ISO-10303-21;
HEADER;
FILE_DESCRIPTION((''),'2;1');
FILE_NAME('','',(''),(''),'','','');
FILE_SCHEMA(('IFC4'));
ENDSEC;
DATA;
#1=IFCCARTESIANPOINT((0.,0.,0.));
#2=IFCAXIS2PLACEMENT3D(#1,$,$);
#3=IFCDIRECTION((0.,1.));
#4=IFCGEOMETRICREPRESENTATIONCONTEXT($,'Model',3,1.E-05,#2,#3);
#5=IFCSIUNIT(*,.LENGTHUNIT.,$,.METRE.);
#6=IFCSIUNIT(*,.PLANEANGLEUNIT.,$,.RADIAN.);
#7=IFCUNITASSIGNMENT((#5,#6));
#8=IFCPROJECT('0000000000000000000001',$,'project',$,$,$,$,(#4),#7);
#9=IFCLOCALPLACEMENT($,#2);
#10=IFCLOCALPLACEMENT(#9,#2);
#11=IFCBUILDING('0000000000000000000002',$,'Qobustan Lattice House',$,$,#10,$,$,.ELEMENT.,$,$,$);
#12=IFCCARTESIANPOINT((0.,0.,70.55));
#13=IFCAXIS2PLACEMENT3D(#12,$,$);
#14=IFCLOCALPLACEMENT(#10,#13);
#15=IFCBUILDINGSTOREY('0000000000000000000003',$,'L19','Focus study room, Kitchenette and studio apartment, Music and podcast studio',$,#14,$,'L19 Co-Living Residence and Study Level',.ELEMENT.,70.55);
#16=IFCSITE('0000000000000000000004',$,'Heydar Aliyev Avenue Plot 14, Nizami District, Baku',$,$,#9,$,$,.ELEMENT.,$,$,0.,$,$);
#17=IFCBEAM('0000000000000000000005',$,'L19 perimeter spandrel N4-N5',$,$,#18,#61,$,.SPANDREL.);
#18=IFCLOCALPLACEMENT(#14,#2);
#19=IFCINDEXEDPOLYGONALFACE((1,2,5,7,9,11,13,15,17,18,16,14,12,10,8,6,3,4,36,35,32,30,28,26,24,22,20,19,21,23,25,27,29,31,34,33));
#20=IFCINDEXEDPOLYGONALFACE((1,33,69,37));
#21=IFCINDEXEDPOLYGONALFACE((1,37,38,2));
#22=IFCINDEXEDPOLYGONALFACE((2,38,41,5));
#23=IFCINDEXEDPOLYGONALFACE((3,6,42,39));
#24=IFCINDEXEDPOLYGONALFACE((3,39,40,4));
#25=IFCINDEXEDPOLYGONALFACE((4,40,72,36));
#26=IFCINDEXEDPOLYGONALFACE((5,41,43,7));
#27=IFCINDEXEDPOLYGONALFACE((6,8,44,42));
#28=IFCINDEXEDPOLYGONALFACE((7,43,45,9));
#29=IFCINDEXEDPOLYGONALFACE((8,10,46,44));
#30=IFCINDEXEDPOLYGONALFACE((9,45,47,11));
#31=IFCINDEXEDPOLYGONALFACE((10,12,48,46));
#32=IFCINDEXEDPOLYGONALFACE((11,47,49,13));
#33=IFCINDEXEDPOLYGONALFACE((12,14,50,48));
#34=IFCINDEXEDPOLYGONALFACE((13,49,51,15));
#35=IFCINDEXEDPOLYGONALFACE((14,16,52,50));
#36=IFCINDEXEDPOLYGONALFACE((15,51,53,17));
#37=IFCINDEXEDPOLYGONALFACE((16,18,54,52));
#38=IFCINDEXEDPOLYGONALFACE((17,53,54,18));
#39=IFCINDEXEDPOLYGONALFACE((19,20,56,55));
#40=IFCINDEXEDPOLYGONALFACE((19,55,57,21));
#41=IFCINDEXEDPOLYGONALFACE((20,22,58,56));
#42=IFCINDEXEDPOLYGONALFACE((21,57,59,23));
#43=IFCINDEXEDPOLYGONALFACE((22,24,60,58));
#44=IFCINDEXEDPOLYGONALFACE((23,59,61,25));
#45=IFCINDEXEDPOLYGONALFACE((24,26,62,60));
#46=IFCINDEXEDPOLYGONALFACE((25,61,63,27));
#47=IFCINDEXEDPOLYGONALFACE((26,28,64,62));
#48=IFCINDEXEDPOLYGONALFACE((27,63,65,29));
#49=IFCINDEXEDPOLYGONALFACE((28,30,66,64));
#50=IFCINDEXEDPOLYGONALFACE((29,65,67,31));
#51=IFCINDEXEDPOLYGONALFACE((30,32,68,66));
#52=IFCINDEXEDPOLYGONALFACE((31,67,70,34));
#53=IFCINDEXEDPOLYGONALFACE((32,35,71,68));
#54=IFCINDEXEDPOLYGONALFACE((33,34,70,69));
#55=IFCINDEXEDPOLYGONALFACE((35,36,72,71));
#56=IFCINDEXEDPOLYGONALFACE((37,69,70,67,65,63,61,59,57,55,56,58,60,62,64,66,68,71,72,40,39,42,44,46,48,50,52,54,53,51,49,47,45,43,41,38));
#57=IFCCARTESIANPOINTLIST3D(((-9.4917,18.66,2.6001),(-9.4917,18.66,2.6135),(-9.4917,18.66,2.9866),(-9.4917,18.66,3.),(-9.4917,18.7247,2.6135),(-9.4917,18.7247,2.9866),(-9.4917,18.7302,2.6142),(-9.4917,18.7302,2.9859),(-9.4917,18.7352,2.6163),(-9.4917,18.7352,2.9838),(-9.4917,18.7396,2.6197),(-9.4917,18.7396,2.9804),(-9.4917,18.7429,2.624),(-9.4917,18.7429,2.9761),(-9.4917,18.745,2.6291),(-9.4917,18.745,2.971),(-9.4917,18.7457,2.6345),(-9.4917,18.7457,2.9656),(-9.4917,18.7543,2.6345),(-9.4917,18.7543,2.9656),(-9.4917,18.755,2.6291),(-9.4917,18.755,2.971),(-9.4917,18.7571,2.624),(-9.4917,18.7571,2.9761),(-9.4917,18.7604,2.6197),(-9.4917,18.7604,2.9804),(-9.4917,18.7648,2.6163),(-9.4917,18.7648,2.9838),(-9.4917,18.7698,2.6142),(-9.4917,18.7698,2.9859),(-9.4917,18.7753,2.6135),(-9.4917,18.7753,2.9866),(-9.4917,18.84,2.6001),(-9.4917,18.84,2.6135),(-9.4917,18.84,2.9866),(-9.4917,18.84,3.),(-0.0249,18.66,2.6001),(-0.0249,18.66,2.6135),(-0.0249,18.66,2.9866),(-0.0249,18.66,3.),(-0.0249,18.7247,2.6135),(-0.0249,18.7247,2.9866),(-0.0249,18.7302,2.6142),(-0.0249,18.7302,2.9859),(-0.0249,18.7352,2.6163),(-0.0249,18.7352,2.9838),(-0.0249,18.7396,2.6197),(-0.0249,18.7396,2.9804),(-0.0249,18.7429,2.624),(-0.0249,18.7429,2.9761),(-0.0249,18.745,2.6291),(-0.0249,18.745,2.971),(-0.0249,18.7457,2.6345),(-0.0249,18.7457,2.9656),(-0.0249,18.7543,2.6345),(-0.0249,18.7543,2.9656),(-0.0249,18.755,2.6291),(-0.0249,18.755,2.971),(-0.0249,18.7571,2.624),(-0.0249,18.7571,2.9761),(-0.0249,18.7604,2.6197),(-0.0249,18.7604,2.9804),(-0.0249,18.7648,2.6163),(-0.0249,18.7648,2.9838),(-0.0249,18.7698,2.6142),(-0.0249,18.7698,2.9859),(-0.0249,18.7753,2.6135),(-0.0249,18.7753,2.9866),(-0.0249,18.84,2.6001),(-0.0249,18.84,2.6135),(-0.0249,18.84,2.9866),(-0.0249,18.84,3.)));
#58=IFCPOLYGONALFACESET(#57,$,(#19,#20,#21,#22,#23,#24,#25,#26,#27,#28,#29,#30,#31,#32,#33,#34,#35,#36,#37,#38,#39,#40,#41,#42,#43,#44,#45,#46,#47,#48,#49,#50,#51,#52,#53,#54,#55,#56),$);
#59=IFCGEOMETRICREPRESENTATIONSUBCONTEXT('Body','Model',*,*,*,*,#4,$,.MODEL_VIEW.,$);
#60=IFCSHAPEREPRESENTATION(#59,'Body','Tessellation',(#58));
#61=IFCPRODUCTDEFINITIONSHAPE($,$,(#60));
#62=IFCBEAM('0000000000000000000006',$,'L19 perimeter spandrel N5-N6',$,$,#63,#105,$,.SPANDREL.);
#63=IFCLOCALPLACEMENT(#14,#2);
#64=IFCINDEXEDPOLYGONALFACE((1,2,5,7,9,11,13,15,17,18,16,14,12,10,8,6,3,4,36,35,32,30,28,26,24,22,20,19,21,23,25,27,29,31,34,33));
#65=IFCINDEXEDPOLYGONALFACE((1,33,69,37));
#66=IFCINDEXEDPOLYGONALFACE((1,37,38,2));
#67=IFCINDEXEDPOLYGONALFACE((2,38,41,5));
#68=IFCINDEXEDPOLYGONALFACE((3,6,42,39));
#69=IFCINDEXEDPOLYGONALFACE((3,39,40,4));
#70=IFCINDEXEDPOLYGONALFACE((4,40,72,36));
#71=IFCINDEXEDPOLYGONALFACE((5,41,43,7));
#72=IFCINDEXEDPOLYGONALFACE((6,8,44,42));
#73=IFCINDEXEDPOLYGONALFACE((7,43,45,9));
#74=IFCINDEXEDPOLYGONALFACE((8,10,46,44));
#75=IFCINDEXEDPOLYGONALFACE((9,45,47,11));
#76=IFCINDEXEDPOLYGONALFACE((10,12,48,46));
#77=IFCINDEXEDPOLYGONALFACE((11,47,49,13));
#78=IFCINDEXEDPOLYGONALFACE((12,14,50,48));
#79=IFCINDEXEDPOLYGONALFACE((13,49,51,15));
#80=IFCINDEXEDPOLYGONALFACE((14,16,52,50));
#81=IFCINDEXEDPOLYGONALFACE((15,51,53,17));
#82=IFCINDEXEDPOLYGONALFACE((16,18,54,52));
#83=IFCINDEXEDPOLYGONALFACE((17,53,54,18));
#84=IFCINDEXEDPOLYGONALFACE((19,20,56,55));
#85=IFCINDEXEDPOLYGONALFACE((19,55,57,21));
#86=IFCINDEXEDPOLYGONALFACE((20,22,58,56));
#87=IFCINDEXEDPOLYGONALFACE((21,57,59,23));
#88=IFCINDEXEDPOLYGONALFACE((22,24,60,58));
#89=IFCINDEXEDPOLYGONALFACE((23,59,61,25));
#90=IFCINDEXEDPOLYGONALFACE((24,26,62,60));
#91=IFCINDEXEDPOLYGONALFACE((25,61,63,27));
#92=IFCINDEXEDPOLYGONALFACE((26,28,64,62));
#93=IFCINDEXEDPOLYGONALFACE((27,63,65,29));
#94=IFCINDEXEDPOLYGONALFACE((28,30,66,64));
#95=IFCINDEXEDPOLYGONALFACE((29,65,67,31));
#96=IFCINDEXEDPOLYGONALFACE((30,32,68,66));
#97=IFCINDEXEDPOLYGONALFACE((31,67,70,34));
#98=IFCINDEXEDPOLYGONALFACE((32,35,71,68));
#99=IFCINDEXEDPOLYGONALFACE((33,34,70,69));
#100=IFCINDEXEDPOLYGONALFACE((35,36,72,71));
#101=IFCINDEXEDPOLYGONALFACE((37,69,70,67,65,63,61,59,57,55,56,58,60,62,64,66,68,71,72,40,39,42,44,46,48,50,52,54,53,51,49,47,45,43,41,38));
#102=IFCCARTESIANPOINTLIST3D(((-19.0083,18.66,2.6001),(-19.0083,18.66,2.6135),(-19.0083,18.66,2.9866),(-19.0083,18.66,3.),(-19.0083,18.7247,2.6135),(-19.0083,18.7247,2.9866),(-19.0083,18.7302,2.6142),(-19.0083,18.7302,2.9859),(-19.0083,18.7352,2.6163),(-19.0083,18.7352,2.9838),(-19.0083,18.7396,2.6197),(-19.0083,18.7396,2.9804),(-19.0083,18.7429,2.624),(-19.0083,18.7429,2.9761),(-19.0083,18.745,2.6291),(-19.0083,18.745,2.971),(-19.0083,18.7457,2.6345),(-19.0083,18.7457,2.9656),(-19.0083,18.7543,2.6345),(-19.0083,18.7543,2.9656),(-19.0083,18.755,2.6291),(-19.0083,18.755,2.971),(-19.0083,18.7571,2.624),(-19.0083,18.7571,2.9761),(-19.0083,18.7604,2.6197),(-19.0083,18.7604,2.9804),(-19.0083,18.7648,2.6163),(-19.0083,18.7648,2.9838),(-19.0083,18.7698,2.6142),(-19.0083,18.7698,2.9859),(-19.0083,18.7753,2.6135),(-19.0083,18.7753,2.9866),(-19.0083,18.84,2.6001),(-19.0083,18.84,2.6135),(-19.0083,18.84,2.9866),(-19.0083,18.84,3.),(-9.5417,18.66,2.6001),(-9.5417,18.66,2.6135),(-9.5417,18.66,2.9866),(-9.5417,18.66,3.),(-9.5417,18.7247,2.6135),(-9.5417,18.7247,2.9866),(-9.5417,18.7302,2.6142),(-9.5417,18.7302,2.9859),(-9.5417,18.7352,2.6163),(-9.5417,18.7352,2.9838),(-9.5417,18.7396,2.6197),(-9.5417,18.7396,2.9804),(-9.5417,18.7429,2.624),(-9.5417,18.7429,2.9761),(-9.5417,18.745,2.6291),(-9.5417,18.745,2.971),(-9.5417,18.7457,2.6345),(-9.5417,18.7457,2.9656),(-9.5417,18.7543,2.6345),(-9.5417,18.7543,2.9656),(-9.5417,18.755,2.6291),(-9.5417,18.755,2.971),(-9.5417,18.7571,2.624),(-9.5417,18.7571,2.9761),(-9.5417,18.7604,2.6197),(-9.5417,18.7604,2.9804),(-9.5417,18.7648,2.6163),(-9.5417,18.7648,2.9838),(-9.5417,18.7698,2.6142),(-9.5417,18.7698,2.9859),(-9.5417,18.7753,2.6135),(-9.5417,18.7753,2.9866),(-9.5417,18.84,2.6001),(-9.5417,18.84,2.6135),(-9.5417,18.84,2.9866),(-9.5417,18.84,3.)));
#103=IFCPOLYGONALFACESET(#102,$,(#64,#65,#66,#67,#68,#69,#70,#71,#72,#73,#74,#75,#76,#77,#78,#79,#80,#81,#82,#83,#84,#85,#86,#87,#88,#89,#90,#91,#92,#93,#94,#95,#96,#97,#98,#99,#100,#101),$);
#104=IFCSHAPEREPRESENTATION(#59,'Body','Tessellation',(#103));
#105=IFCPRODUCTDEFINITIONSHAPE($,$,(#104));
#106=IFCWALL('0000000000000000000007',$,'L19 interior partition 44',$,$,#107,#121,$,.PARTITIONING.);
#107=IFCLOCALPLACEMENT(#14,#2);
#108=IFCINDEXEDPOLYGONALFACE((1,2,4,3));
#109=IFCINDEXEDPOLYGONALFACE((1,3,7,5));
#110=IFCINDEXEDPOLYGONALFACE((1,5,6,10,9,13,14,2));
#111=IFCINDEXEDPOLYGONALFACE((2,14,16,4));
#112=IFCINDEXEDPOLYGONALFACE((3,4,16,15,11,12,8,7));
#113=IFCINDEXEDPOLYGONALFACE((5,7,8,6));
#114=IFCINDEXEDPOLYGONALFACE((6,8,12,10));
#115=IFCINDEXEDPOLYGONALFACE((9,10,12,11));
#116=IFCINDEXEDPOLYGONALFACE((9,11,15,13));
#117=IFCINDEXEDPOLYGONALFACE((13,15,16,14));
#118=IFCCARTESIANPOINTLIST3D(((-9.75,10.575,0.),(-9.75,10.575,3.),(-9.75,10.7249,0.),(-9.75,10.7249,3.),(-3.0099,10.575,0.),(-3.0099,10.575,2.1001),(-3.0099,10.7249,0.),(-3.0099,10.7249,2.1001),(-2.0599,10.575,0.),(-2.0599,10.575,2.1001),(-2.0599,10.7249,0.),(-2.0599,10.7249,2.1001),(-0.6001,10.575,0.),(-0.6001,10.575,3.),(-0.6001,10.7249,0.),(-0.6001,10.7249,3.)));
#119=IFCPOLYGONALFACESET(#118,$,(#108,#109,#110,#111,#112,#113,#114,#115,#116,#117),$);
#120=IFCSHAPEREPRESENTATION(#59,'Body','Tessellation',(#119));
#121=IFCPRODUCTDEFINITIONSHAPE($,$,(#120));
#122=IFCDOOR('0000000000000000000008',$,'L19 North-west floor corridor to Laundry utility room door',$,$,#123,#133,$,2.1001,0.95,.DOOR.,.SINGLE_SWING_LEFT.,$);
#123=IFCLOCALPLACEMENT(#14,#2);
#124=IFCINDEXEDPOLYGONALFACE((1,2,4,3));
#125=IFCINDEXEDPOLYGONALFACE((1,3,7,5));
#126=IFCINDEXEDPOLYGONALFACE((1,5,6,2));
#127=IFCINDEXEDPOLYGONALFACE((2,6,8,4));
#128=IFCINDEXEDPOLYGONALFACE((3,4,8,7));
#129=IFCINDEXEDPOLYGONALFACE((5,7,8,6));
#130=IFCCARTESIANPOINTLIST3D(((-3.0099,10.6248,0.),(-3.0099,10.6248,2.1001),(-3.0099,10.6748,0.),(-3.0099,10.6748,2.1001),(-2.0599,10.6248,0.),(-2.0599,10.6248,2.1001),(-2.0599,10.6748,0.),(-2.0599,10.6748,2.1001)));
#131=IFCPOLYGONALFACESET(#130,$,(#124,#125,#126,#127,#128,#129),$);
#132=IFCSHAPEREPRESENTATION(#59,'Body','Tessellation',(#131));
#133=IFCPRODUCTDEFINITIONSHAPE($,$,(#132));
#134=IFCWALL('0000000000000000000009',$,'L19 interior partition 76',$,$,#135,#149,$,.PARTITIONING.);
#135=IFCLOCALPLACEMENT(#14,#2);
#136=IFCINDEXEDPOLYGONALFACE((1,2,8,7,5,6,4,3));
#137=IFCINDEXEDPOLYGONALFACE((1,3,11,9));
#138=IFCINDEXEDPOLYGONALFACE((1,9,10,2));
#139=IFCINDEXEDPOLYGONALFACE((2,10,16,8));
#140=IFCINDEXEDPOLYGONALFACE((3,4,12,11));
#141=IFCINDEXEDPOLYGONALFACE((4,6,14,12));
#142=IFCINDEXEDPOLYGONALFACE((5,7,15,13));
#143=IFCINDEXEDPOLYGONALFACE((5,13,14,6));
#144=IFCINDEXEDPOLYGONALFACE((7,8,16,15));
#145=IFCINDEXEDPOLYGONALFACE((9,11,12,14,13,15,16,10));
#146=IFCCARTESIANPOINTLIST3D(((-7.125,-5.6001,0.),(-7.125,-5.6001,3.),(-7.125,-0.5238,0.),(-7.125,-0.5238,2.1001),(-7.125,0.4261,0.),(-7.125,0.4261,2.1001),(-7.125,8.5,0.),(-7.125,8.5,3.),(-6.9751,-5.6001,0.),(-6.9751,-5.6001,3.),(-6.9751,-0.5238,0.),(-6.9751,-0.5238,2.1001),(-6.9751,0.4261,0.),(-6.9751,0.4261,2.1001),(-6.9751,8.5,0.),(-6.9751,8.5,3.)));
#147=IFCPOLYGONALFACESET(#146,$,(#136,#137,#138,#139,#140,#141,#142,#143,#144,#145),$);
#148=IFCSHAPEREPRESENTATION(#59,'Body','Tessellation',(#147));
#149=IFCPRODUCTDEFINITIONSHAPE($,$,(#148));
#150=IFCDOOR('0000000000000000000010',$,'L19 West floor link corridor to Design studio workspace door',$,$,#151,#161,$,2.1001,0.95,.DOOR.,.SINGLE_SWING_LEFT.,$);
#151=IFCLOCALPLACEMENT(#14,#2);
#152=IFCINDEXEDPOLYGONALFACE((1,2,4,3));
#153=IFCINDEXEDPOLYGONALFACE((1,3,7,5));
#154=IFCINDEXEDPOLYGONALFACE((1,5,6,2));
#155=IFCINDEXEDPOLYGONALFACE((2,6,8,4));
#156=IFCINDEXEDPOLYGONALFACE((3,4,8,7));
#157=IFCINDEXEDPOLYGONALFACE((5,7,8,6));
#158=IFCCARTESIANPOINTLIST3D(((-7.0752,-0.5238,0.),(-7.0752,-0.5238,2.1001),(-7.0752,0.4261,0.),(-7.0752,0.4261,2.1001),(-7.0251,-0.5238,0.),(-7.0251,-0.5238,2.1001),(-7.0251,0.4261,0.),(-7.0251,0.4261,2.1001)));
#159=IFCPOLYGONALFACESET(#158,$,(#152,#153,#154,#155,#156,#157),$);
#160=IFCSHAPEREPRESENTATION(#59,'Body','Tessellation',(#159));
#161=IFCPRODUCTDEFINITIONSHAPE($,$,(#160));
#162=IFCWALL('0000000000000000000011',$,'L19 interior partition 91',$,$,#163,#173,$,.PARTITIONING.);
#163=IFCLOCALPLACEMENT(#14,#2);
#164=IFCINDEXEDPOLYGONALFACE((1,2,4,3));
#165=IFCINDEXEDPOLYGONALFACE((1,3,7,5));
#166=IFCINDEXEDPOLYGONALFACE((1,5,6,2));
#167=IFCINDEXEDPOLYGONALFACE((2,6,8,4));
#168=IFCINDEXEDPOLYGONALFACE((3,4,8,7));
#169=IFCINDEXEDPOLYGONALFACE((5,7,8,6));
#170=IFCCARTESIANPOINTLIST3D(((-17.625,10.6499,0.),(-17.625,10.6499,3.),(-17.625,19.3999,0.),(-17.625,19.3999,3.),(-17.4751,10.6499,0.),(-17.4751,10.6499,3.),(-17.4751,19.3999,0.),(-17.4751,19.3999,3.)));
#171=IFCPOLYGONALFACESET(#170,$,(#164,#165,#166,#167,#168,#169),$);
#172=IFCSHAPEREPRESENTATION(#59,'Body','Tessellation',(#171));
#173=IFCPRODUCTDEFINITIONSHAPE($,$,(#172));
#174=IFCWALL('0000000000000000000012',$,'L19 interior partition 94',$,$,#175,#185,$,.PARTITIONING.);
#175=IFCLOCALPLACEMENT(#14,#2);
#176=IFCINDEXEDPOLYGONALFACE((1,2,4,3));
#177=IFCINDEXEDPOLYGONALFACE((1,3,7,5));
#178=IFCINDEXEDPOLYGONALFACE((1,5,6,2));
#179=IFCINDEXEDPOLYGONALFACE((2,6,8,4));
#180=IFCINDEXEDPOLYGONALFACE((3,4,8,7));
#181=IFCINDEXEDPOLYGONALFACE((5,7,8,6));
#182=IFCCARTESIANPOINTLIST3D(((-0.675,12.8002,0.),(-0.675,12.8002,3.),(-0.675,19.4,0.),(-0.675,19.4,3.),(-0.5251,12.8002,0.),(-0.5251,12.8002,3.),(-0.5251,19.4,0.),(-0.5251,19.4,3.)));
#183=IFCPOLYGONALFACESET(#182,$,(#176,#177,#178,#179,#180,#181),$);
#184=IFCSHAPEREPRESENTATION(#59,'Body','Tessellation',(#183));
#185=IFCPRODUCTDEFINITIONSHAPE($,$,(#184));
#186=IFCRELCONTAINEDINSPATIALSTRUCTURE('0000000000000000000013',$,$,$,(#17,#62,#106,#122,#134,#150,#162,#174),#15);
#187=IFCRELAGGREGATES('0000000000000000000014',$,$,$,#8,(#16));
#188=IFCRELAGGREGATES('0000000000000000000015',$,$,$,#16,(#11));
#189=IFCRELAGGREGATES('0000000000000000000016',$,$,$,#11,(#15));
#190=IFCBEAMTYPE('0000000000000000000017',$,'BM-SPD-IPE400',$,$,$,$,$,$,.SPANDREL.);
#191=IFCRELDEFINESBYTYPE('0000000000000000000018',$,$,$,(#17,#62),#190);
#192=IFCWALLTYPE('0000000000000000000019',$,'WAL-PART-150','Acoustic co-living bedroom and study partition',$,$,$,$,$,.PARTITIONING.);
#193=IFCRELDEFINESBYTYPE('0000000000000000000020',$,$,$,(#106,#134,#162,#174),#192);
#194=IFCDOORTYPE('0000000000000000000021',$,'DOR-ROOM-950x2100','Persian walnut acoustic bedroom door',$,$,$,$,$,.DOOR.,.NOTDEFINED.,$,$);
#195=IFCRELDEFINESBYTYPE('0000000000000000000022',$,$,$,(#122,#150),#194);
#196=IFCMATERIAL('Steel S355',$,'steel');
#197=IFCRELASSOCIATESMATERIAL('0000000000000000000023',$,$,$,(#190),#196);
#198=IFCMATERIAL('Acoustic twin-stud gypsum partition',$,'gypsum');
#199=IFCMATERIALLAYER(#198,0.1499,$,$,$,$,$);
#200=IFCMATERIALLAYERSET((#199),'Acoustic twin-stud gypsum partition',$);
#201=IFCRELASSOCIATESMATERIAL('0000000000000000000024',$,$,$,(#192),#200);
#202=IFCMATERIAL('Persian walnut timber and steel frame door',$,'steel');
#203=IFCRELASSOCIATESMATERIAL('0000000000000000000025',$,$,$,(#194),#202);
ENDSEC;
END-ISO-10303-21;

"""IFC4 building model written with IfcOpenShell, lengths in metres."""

from ifc_helpers import new_model, si_unit, direction, frame, frame_2d, origin, origin_2d, place, context, subcontext, project, spatial, rectangle, i_section, extrude, material, layer, layer_set, material_profile, profile_set, type_object, element, fill, save


model = new_model("IFC4")

# Units and contexts
model_context = context("Model", 3, precision=1e-05, world=origin(), true_north=direction((0.0, 1.0)))
body_context = subcontext(model_context, "Body", "Model", "MODEL_VIEW")
ifc_project = project(units=[si_unit("LENGTHUNIT", "METRE"), si_unit("PLANEANGLEUNIT", "RADIAN")], contexts=[model_context])

# Site, building, storey
site_placement = place(None, origin())
site = spatial("IfcSite", under=ifc_project, at=site_placement, Name="Heydar Aliyev Avenue Plot 14, Nizami District, Baku", CompositionType="ELEMENT", RefElevation=0.0)
building_placement = place(site_placement, origin())
building = spatial("IfcBuilding", under=site, at=building_placement, Name="Qobustan Lattice House", CompositionType="ELEMENT")
storey_placement = place(building_placement, frame((0.0, 0.0, 70.55)))
storey = spatial("IfcBuildingStorey", under=building, at=storey_placement, Name="L19", Description="Focus study room, Kitchenette and studio apartment, Music and podcast studio", LongName="L19 Co-Living Residence and Study Level", CompositionType="ELEMENT", Elevation=70.55)

# Beams
ifc_material_1 = material(Name="Steel S355", Category="steel")
ifc_material_profile_1 = material_profile(ifc_material_1, i_section(OverallWidth=0.1799, OverallDepth=0.3999, WebThickness=0.0085, FlangeThickness=0.0134, FilletRadius=0.021, at=origin_2d()), Name="IPE400")
ifc_profile_set_1 = profile_set([ifc_material_profile_1], Name="Steel S355")
beam_type_1 = type_object("IfcBeamType", Name="BM-SPD-IPE400", PredefinedType="SPANDREL", material=ifc_profile_set_1)
beam_1_placement = place(storey_placement, frame((-0.0249, 18.75, 2.8), z_axis=(-1.0, 0.0, 0.0), x_axis=(0.0, -1.0, 0.0)))
element("IfcBeam", 1, at=beam_1_placement, inside=storey, type_object=beam_type_1, Name="L19 perimeter spandrel N4-N5", PredefinedType="SPANDREL", context=body_context, shape_type="SweptSolid", body=[
    extrude(i_section(OverallWidth=0.1799, OverallDepth=0.3999, WebThickness=0.0085, FlangeThickness=0.0134, FilletRadius=0.021, at=origin_2d()), origin(), (0.0, 0.0, 1.0), 9.4668),
])
beam_2_placement = place(storey_placement, frame((-9.5417, 18.75, 2.8), z_axis=(-1.0, 0.0, 0.0), x_axis=(0.0, -1.0, 0.0)))
element("IfcBeam", 2, at=beam_2_placement, inside=storey, type_object=beam_type_1, Name="L19 perimeter spandrel N5-N6", PredefinedType="SPANDREL", context=body_context, shape_type="SweptSolid", body=[
    extrude(i_section(OverallWidth=0.1799, OverallDepth=0.3999, WebThickness=0.0085, FlangeThickness=0.0134, FilletRadius=0.021, at=origin_2d()), origin(), (0.0, 0.0, 1.0), 9.4666),
])

# Walls, openings, doors
ifc_material_2 = material(Name="Acoustic twin-stud gypsum partition", Category="gypsum")
ifc_layer_1 = layer(ifc_material_2, 0.1499)
ifc_layer_set_1 = layer_set([ifc_layer_1], Name="Acoustic twin-stud gypsum partition")
wall_type_1 = type_object("IfcWallType", Name="WAL-PART-150", Description="Acoustic co-living bedroom and study partition", PredefinedType="PARTITIONING", material=ifc_layer_set_1)
wall_1_placement = place(storey_placement, frame((-9.75, 10.6499, 0.0), z_axis=(0.0, 0.0, 1.0), x_axis=(1.0, 0.0, 0.0)))
wall_1 = element("IfcWall", 3, at=wall_1_placement, inside=storey, type_object=wall_type_1, Name="L19 interior partition 44", PredefinedType="PARTITIONING", context=body_context, shape_type="SweptSolid", body=[
    extrude(rectangle(XDim=9.1499, YDim=0.1499, at=frame_2d((4.575, 0.0))), origin(), (0.0, 0.0, 1.0), 3.0),
])
opening_1_placement = place(wall_1_placement, frame((6.74, 0.0, 0.0)))
opening_1 = element("IfcOpeningElement", 4, at=opening_1_placement, cuts=wall_1, PredefinedType="OPENING", context=body_context, shape_type="SweptSolid", body=[
    extrude(rectangle(XDim=0.95, YDim=2.1001, at=frame_2d((0.4751, 1.05))), frame((0.0, 0.085, 0.0), z_axis=(0.0, -1.0, 0.0), x_axis=(1.0, 0.0, 0.0)), (0.0, 0.0, 1.0), 0.1699),
])
ifc_material_3 = material(Name="Persian walnut timber and steel frame door", Category="steel")
door_type_1 = type_object("IfcDoorType", Name="DOR-ROOM-950x2100", Description="Persian walnut acoustic bedroom door", OperationType="NOTDEFINED", PredefinedType="DOOR", material=ifc_material_3)
door_1_placement = place(opening_1_placement, origin())
door_1 = element("IfcDoor", 5, at=door_1_placement, inside=storey, type_object=door_type_1, Name="L19 North-west floor corridor to Laundry utility room door", OperationType="SINGLE_SWING_LEFT", OverallHeight=2.1001, OverallWidth=0.95, PredefinedType="DOOR", context=body_context, shape_type="SweptSolid", body=[
    extrude(rectangle(XDim=0.95, YDim=2.1001, at=frame_2d((0.4751, 1.05))), frame((0.0, 0.0249, 0.0), z_axis=(0.0, -1.0, 0.0), x_axis=(1.0, 0.0, 0.0)), (0.0, 0.0, 1.0), 0.05),
])
fill(opening_1, door_1)
wall_2_placement = place(storey_placement, frame((-7.05, 8.5, 0.0), z_axis=(0.0, 0.0, 1.0), x_axis=(0.0, -1.0, 0.0)))
wall_2 = element("IfcWall", 6, at=wall_2_placement, inside=storey, type_object=wall_type_1, Name="L19 interior partition 76", PredefinedType="PARTITIONING", context=body_context, shape_type="SweptSolid", body=[
    extrude(rectangle(XDim=14.1001, YDim=0.1499, at=frame_2d((7.05, 0.0))), origin(), (0.0, 0.0, 1.0), 3.0),
])
opening_2_placement = place(wall_2_placement, frame((8.0737, 0.0, 0.0)))
opening_2 = element("IfcOpeningElement", 7, at=opening_2_placement, cuts=wall_2, PredefinedType="OPENING", context=body_context, shape_type="SweptSolid", body=[
    extrude(rectangle(XDim=0.95, YDim=2.1001, at=frame_2d((0.4751, 1.05))), frame((0.0, 0.085, 0.0), z_axis=(0.0, -1.0, 0.0), x_axis=(1.0, 0.0, 0.0)), (0.0, 0.0, 1.0), 0.1699),
])
door_2_placement = place(opening_2_placement, origin())
door_2 = element("IfcDoor", 8, at=door_2_placement, inside=storey, type_object=door_type_1, Name="L19 West floor link corridor to Design studio workspace door", OperationType="SINGLE_SWING_LEFT", OverallHeight=2.1001, OverallWidth=0.95, PredefinedType="DOOR", context=body_context, shape_type="SweptSolid", body=[
    extrude(rectangle(XDim=0.95, YDim=2.1001, at=frame_2d((0.4751, 1.05))), frame((0.0, 0.0249, 0.0), z_axis=(0.0, -1.0, 0.0), x_axis=(1.0, 0.0, 0.0)), (0.0, 0.0, 1.0), 0.05),
])
fill(opening_2, door_2)

# Walls
wall_3_placement = place(storey_placement, frame((-17.55, 19.3999, 0.0), z_axis=(0.0, 0.0, 1.0), x_axis=(0.0, -1.0, 0.0)))
element("IfcWall", 9, at=wall_3_placement, inside=storey, type_object=wall_type_1, Name="L19 interior partition 91", PredefinedType="PARTITIONING", context=body_context, shape_type="SweptSolid", body=[
    extrude(rectangle(XDim=8.75, YDim=0.1499, at=frame_2d((4.375, 0.0))), origin(), (0.0, 0.0, 1.0), 3.0),
])
wall_4_placement = place(storey_placement, frame((-0.6001, 19.3999, 0.0), z_axis=(0.0, 0.0, 1.0), x_axis=(0.0, -1.0, 0.0)))
element("IfcWall", 10, at=wall_4_placement, inside=storey, type_object=wall_type_1, Name="L19 interior partition 94", PredefinedType="PARTITIONING", context=body_context, shape_type="SweptSolid", body=[
    extrude(rectangle(XDim=6.5999, YDim=0.1499, at=frame_2d((3.2998, 0.0))), origin(), (0.0, 0.0, 1.0), 3.0),
])

save(model, "model.ifc")
